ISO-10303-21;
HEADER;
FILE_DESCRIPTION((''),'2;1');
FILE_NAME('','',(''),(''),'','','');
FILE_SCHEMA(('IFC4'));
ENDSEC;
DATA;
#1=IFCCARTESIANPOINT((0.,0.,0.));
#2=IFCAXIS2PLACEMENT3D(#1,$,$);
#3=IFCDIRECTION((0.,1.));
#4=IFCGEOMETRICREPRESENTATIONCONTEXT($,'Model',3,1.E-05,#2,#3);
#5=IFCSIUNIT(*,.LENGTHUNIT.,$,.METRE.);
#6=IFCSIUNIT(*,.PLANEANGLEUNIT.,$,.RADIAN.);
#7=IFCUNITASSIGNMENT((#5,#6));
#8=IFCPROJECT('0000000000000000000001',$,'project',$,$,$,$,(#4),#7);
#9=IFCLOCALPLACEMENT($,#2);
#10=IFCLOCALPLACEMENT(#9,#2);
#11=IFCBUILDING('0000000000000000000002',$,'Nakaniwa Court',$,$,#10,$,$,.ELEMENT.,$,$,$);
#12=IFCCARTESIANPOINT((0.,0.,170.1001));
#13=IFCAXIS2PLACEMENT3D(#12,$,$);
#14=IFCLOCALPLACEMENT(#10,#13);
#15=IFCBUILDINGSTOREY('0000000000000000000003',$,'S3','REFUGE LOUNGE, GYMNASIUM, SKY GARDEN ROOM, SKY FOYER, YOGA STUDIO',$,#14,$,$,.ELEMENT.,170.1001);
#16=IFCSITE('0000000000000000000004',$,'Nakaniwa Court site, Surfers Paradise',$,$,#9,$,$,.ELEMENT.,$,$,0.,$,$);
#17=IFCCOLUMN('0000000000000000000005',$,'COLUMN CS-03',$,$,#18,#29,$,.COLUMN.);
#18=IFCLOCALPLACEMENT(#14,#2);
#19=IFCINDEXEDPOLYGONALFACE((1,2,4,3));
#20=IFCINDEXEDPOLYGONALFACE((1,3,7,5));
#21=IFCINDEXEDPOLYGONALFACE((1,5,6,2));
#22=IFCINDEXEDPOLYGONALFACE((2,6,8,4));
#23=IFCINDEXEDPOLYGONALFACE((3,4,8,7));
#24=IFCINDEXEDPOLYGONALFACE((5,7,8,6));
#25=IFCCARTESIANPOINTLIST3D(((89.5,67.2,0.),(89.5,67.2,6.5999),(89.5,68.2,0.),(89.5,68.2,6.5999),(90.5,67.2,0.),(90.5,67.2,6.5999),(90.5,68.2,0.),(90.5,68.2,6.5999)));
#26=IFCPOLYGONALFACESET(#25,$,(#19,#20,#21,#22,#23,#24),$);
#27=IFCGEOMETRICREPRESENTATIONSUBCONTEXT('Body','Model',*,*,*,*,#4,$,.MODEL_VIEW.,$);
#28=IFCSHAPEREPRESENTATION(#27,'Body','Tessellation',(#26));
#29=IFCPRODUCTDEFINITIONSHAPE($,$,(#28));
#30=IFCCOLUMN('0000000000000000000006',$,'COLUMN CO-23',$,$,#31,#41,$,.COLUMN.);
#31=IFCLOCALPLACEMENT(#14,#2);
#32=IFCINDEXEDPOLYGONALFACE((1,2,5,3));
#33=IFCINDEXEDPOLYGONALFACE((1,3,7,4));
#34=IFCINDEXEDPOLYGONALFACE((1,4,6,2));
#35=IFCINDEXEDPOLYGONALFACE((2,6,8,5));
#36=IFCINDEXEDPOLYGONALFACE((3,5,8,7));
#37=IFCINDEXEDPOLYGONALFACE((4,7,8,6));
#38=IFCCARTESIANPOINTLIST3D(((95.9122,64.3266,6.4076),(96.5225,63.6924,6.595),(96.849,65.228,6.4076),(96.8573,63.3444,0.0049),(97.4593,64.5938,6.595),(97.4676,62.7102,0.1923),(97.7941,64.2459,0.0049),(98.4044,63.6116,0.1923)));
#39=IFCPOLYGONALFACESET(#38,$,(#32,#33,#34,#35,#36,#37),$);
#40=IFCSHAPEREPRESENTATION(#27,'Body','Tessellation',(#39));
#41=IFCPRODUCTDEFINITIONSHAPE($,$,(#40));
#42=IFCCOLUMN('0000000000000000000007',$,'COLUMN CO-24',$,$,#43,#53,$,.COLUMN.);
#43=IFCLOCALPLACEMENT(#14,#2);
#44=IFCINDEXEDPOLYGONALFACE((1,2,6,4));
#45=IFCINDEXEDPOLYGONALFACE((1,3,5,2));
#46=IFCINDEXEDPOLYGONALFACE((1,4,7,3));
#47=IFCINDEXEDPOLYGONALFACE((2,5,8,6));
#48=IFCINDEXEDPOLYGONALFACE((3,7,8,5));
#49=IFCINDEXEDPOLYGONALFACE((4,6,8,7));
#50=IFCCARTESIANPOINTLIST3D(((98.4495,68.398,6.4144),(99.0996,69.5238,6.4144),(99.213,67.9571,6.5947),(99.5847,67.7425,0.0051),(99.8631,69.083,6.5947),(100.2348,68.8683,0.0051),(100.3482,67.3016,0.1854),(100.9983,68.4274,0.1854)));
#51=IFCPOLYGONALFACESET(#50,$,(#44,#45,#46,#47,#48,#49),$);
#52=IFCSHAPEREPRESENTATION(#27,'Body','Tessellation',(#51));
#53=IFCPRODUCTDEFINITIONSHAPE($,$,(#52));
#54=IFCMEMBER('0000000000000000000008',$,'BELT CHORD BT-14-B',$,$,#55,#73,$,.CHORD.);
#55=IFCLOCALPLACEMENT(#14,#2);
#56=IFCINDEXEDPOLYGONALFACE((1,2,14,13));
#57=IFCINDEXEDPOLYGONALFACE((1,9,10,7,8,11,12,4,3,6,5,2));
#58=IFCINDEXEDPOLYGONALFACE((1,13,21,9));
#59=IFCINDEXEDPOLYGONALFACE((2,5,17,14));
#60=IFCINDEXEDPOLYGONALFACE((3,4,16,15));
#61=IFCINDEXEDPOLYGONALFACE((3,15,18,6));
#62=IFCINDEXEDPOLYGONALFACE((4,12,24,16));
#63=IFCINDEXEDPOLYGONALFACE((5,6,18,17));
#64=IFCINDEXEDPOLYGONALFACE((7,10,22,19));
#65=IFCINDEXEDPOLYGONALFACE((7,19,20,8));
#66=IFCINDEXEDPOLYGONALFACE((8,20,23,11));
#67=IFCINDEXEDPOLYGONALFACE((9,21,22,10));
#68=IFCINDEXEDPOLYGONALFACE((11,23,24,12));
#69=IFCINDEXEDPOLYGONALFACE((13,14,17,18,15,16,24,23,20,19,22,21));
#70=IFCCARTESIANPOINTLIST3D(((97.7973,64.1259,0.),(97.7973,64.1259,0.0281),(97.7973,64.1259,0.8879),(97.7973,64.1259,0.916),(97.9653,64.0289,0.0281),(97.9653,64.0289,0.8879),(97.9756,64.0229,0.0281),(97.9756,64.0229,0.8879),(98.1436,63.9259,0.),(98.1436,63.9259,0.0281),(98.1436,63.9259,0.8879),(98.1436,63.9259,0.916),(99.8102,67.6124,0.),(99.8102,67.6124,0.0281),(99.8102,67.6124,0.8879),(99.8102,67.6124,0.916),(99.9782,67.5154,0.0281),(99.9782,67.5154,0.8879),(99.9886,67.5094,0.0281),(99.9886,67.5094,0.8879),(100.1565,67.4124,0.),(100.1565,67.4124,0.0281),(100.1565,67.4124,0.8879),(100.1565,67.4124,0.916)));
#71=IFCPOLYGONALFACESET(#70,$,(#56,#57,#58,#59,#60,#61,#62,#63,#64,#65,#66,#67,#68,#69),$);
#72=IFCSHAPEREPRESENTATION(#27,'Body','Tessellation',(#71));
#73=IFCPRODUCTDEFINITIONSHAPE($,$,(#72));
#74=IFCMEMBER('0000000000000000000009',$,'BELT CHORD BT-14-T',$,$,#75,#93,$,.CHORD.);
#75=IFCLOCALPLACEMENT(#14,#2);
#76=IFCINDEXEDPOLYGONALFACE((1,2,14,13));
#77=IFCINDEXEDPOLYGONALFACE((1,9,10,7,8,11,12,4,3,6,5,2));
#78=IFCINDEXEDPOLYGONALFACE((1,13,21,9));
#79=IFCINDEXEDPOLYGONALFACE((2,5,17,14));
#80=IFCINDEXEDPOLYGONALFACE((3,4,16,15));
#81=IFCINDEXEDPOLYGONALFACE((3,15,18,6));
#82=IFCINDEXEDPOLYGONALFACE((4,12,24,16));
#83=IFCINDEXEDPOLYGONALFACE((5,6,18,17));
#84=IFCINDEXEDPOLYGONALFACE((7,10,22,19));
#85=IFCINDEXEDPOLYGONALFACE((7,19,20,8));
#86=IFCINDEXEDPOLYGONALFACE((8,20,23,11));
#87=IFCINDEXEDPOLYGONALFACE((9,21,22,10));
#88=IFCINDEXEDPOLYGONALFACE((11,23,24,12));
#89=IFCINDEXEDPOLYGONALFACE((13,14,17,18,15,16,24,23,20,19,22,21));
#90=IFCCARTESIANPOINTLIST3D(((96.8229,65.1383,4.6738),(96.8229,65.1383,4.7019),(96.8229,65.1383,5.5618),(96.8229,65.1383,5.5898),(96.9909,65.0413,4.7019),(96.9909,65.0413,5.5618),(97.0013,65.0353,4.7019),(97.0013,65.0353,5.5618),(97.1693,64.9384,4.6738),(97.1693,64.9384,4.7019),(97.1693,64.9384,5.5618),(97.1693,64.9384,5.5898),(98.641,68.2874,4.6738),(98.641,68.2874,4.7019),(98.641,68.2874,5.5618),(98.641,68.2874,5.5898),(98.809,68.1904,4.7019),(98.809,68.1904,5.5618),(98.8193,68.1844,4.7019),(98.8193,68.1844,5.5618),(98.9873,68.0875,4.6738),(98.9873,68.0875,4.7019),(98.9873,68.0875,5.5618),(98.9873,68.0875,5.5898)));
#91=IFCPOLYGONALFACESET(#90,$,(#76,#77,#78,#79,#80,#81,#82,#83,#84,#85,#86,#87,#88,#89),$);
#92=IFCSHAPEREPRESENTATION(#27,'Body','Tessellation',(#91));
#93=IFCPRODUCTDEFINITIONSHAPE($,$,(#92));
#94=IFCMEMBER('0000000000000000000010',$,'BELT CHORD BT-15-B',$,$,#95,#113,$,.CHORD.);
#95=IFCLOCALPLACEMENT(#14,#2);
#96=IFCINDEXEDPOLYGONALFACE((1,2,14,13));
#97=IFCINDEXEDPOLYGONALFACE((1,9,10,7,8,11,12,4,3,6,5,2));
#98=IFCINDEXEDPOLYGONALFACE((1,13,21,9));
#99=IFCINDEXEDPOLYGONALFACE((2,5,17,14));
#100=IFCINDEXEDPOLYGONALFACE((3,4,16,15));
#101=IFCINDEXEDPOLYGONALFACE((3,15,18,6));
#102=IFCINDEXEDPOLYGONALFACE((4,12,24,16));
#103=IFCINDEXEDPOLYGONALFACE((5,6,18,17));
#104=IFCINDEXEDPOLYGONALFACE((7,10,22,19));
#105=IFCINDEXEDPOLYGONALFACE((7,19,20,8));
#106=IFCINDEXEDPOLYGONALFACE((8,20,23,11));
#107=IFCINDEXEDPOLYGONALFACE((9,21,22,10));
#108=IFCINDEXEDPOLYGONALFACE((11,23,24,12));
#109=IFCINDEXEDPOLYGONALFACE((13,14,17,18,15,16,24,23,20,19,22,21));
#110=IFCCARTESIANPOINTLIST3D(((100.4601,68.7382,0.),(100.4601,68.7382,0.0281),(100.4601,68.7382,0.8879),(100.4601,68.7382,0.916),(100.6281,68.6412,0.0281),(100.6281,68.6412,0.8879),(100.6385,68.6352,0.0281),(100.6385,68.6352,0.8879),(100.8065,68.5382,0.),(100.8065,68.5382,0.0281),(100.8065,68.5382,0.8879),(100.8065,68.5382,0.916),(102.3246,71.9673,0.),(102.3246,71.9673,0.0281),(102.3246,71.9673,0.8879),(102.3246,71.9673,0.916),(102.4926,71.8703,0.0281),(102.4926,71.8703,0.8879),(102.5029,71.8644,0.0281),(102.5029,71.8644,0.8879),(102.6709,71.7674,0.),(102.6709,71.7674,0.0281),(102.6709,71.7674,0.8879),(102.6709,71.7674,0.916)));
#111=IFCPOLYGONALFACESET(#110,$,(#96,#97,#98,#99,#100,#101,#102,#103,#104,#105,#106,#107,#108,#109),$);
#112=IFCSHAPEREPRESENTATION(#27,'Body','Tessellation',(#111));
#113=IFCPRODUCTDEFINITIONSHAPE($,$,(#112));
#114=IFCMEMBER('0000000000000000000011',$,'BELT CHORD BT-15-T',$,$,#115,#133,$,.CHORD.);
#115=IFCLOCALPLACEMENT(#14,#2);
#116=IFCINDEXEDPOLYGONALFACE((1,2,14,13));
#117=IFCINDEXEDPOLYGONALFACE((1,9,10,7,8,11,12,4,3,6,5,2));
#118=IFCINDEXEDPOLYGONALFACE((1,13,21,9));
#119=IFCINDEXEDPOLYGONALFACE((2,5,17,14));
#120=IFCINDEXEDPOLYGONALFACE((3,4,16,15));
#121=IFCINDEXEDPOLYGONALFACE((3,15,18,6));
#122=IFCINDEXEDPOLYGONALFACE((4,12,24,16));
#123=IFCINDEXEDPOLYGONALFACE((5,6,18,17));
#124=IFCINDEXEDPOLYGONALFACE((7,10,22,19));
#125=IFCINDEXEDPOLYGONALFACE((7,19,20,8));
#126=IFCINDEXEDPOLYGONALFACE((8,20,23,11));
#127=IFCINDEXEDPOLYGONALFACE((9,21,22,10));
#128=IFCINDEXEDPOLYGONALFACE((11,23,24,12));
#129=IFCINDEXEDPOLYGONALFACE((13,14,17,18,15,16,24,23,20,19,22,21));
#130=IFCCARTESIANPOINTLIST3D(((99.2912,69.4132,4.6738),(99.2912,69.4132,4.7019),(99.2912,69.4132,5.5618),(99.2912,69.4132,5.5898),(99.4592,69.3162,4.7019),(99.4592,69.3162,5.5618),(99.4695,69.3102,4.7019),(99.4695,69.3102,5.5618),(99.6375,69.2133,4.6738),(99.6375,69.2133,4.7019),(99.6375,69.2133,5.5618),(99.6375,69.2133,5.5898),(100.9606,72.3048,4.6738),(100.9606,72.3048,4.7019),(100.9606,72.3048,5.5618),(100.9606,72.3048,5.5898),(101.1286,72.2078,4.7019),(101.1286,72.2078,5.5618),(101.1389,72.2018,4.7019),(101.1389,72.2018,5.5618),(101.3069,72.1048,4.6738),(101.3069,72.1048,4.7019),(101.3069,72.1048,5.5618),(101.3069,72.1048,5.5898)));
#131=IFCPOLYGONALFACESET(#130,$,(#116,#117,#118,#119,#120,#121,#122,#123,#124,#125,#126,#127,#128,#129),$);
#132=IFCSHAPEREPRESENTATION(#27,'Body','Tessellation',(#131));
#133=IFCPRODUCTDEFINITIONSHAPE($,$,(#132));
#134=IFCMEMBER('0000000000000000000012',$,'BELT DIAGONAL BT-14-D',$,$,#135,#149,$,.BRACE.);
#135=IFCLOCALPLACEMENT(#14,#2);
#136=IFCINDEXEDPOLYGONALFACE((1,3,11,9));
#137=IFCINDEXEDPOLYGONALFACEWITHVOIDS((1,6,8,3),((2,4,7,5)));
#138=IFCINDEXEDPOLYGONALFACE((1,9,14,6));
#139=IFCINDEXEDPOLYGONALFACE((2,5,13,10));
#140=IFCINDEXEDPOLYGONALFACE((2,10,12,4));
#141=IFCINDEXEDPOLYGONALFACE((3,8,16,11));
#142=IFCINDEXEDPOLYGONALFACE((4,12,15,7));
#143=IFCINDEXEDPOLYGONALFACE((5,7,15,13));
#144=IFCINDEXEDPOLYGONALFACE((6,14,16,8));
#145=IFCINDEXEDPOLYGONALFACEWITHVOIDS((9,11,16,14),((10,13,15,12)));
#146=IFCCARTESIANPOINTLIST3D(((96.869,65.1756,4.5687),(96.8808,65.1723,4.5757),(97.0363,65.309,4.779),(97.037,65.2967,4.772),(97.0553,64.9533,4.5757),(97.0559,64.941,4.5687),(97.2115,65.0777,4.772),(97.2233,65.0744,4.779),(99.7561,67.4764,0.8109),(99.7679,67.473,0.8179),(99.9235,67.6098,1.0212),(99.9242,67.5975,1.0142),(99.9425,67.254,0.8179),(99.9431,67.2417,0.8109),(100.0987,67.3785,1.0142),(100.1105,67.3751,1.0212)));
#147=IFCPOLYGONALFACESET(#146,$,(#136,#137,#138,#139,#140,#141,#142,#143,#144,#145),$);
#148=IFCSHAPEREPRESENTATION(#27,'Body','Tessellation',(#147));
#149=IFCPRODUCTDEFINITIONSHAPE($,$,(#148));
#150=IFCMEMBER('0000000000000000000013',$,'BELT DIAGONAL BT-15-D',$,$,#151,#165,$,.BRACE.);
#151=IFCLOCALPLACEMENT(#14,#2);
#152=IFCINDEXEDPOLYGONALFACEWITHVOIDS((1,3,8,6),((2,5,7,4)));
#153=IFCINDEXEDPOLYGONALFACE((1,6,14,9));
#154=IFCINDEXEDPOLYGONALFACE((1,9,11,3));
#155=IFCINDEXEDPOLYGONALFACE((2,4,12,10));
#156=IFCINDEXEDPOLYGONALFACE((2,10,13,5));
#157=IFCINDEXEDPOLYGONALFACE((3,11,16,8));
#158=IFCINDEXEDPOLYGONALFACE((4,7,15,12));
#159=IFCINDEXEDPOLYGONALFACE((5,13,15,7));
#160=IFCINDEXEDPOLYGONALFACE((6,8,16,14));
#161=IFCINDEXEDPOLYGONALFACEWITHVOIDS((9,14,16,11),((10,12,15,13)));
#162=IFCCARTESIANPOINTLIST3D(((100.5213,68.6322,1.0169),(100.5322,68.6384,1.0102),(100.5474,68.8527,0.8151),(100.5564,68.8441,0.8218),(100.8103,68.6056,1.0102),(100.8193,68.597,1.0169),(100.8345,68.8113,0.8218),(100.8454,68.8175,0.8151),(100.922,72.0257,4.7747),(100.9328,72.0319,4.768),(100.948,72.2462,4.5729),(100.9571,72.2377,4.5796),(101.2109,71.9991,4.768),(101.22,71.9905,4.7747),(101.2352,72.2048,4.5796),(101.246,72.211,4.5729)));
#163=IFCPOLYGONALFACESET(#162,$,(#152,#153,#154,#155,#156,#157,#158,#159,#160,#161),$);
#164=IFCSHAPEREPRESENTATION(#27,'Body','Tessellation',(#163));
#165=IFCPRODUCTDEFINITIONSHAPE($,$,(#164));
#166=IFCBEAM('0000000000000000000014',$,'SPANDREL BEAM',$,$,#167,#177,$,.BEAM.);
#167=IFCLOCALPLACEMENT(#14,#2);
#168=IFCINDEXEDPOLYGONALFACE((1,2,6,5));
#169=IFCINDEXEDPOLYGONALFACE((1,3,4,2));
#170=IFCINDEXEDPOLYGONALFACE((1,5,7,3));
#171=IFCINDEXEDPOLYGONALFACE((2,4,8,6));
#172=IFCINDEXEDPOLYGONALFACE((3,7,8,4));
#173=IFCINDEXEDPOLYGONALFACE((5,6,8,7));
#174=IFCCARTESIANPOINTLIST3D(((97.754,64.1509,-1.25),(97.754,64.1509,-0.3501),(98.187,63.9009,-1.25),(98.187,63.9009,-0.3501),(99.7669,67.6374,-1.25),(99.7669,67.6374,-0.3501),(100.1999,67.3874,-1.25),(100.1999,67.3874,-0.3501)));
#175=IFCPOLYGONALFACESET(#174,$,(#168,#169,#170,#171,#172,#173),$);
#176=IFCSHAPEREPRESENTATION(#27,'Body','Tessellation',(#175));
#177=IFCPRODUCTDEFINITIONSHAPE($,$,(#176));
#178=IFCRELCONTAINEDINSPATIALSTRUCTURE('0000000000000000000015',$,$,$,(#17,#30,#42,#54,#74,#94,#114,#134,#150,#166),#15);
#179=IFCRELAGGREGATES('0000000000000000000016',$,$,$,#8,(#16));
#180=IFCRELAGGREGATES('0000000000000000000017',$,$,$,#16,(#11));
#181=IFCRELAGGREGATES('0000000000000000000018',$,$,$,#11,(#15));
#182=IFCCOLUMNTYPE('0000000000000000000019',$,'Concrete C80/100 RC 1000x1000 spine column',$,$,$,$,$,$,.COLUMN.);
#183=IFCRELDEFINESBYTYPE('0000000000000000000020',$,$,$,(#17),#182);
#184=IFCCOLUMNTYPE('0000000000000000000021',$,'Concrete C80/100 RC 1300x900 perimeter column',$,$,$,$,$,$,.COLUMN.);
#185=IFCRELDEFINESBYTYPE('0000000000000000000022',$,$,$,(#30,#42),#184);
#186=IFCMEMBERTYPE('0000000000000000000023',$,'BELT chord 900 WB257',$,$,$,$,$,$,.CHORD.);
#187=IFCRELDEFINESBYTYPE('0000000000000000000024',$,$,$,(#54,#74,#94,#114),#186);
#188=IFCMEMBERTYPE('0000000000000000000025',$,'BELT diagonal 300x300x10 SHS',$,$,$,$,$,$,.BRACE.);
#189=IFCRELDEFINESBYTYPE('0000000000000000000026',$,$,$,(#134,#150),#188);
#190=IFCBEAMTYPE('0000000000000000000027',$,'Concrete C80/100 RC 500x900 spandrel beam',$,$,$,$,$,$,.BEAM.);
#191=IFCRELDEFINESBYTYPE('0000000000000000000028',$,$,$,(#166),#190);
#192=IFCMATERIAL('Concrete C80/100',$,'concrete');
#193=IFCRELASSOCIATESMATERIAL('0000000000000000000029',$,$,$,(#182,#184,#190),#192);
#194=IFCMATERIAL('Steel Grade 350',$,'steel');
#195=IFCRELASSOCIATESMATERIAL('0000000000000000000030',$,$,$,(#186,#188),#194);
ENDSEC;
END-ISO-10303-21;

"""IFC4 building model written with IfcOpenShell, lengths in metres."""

from ifc_helpers import new_model, si_unit, direction, frame, origin, origin_2d, place, context, subcontext, project, spatial, rectangle, hollow_rectangle, i_section, extrude, material, material_profile, profile_set, type_object, element, save


model = new_model("IFC4")

# Units and contexts
model_context = context("Model", 3, precision=1e-05, world=origin(), true_north=direction((0.0, 1.0)))
body_context = subcontext(model_context, "Body", "Model", "MODEL_VIEW")
ifc_project = project(units=[si_unit("LENGTHUNIT", "METRE"), si_unit("PLANEANGLEUNIT", "RADIAN")], contexts=[model_context])

# Site, building, storey
site_placement = place(None, origin())
site = spatial("IfcSite", under=ifc_project, at=site_placement, Name="Nakaniwa Court site, Surfers Paradise", CompositionType="ELEMENT", RefElevation=0.0)
building_placement = place(site_placement, origin())
building = spatial("IfcBuilding", under=site, at=building_placement, Name="Nakaniwa Court", CompositionType="ELEMENT")
storey_placement = place(building_placement, frame((0.0, 0.0, 170.1001)))
storey = spatial("IfcBuildingStorey", under=building, at=storey_placement, Name="S3", Description="REFUGE LOUNGE, GYMNASIUM, SKY GARDEN ROOM, SKY FOYER, YOGA STUDIO", CompositionType="ELEMENT", Elevation=170.1001)

# Columns
ifc_material_1 = material(Name="Concrete C80/100", Category="concrete")
ifc_material_profile_1 = material_profile(ifc_material_1, rectangle(XDim=1.0, YDim=1.0, at=origin_2d()), Name="Concrete C80/100 RC 1000x1000 spine column")
ifc_profile_set_1 = profile_set([ifc_material_profile_1], Name="Concrete C80/100")
column_type_1 = type_object("IfcColumnType", Name="Concrete C80/100 RC 1000x1000 spine column", PredefinedType="COLUMN", material=ifc_profile_set_1)
column_1_placement = place(storey_placement, frame((90.0, 67.7, 0.0), z_axis=(0.0, 0.0, 1.0), x_axis=(0.0, 1.0, 0.0)))
element("IfcColumn", 1, at=column_1_placement, inside=storey, type_object=column_type_1, Name="COLUMN CS-03", PredefinedType="COLUMN", context=body_context, shape_type="SweptSolid", body=[
    extrude(rectangle(XDim=1.0, YDim=1.0, at=origin_2d()), origin(), (0.0, 0.0, 1.0), 6.5999),
])
ifc_material_profile_2 = material_profile(ifc_material_1, rectangle(XDim=1.3, YDim=0.8999, at=origin_2d()), Name="Concrete C80/100 RC 1300x900 perimeter column")
ifc_profile_set_2 = profile_set([ifc_material_profile_2], Name="Concrete C80/100")
column_type_2 = type_object("IfcColumnType", Name="Concrete C80/100 RC 1300x900 perimeter column", PredefinedType="COLUMN", material=ifc_profile_set_2)
column_2_placement = place(storey_placement, frame((97.6309, 63.478, 0.0986), z_axis=(-0.144372, 0.150041, 0.978082), x_axis=(-0.720589, -0.693363, 0.0)))
element("IfcColumn", 2, at=column_2_placement, inside=storey, type_object=column_type_2, Name="COLUMN CO-23", PredefinedType="COLUMN", context=body_context, shape_type="SweptSolid", body=[
    extrude(rectangle(XDim=1.3, YDim=0.8999, at=origin_2d()), origin(), (0.0, 0.0, 1.0), 6.5461),
])
column_3_placement = place(storey_placement, frame((100.2915, 68.085, 0.0952), z_axis=(-0.17353, 0.1002, 0.979718), x_axis=(-0.500045, -0.865999, 0.0)))
element("IfcColumn", 3, at=column_3_placement, inside=storey, type_object=column_type_2, Name="COLUMN CO-24", PredefinedType="COLUMN", context=body_context, shape_type="SweptSolid", body=[
    extrude(rectangle(XDim=1.3, YDim=0.8999, at=origin_2d()), origin(), (0.0, 0.0, 1.0), 6.542),
])

# Members
ifc_material_2 = material(Name="Steel Grade 350", Category="steel")
ifc_material_profile_3 = material_profile(ifc_material_2, i_section(OverallWidth=0.3999, OverallDepth=0.916, WebThickness=0.012, FlangeThickness=0.0281, at=origin_2d()), Name="900WB257")
ifc_profile_set_3 = profile_set([ifc_material_profile_3], Name="Steel Grade 350")
member_type_1 = type_object("IfcMemberType", Name="BELT chord 900 WB257", PredefinedType="CHORD", material=ifc_profile_set_3)
member_1_placement = place(storey_placement, frame((97.9705, 64.0259, 0.458), z_axis=(0.499994, 0.866029, 0.0), x_axis=(-0.866029, 0.499994, 0.0)))
element("IfcMember", 4, at=member_1_placement, inside=storey, type_object=member_type_1, Name="BELT CHORD BT-14-B", PredefinedType="CHORD", context=body_context, shape_type="SweptSolid", body=[
    extrude(i_section(OverallWidth=0.3999, OverallDepth=0.916, WebThickness=0.012, FlangeThickness=0.0281, at=origin_2d()), origin(), (0.0, 0.0, 1.0), 4.0259),
])
member_2_placement = place(storey_placement, frame((96.9961, 65.0383, 5.1318), z_axis=(0.499988, 0.866032, 0.0), x_axis=(-0.866032, 0.499988, 0.0)))
element("IfcMember", 5, at=member_2_placement, inside=storey, type_object=member_type_1, Name="BELT CHORD BT-14-T", PredefinedType="CHORD", context=body_context, shape_type="SweptSolid", body=[
    extrude(i_section(OverallWidth=0.3999, OverallDepth=0.916, WebThickness=0.012, FlangeThickness=0.0281, at=origin_2d()), origin(), (0.0, 0.0, 1.0), 3.6362),
])
member_3_placement = place(storey_placement, frame((100.6333, 68.6382, 0.458), z_axis=(0.500019, 0.866014, 0.0), x_axis=(-0.866014, 0.500019, 0.0)))
element("IfcMember", 6, at=member_3_placement, inside=storey, type_object=member_type_1, Name="BELT CHORD BT-15-B", PredefinedType="CHORD", context=body_context, shape_type="SweptSolid", body=[
    extrude(i_section(OverallWidth=0.3999, OverallDepth=0.916, WebThickness=0.012, FlangeThickness=0.0281, at=origin_2d()), origin(), (0.0, 0.0, 1.0), 3.7288),
])
member_4_placement = place(storey_placement, frame((99.4644, 69.3132, 5.1318), z_axis=(0.499993, 0.86603, 0.0), x_axis=(-0.86603, 0.499993, 0.0)))
element("IfcMember", 7, at=member_4_placement, inside=storey, type_object=member_type_1, Name="BELT CHORD BT-15-T", PredefinedType="CHORD", context=body_context, shape_type="SweptSolid", body=[
    extrude(i_section(OverallWidth=0.3999, OverallDepth=0.916, WebThickness=0.012, FlangeThickness=0.0281, at=origin_2d()), origin(), (0.0, 0.0, 1.0), 3.3389),
])
ifc_material_profile_4 = material_profile(ifc_material_2, hollow_rectangle(XDim=0.3, YDim=0.3, WallThickness=0.01, at=origin_2d()), Name="BELT diagonal 300x300x10 SHS")
ifc_profile_set_4 = profile_set([ifc_material_profile_4], Name="Steel Grade 350")
member_type_2 = type_object("IfcMemberType", Name="BELT diagonal 300x300x10 SHS", PredefinedType="BRACE", material=ifc_profile_set_4)
member_5_placement = place(storey_placement, frame((97.0461, 65.125, 4.6738), z_axis=(0.548076, 0.436755, -0.713342), x_axis=(-0.62321, 0.782055, 0.0)))
element("IfcMember", 8, at=member_5_placement, inside=storey, type_object=member_type_2, Name="BELT DIAGONAL BT-14-D", PredefinedType="BRACE", context=body_context, shape_type="SweptSolid", body=[
    extrude(hollow_rectangle(XDim=0.3, YDim=0.3, WallThickness=0.01, at=origin_2d()), origin(), (0.0, 0.0, 1.0), 5.2678),
])
member_6_placement = place(storey_placement, frame((100.6833, 68.7249, 0.916), z_axis=(0.078878, 0.668133, 0.739849), x_axis=(-0.993103, 0.117243, 0.0)))
element("IfcMember", 9, at=member_6_placement, inside=storey, type_object=member_type_2, Name="BELT DIAGONAL BT-15-D", PredefinedType="BRACE", context=body_context, shape_type="SweptSolid", body=[
    extrude(hollow_rectangle(XDim=0.3, YDim=0.3, WallThickness=0.01, at=origin_2d()), origin(), (0.0, 0.0, 1.0), 5.0791),
])

# Beam
ifc_material_profile_5 = material_profile(ifc_material_1, rectangle(XDim=0.5, YDim=0.8999, at=origin_2d()), Name="Concrete C80/100 RC 500x900 spandrel beam")
ifc_profile_set_5 = profile_set([ifc_material_profile_5], Name="Concrete C80/100")
beam_type_1 = type_object("IfcBeamType", Name="Concrete C80/100 RC 500x900 spandrel beam", PredefinedType="BEAM", material=ifc_profile_set_5)
beam_1_placement = place(storey_placement, frame((97.9705, 64.0259, -0.8), z_axis=(0.499994, 0.866029, 0.0), x_axis=(-0.866029, 0.499994, 0.0)))
element("IfcBeam", 10, at=beam_1_placement, inside=storey, type_object=beam_type_1, Name="SPANDREL BEAM", PredefinedType="BEAM", context=body_context, shape_type="SweptSolid", body=[
    extrude(rectangle(XDim=0.5, YDim=0.8999, at=origin_2d()), origin(), (0.0, 0.0, 1.0), 4.0259),
])

save(model, "model.ifc")
